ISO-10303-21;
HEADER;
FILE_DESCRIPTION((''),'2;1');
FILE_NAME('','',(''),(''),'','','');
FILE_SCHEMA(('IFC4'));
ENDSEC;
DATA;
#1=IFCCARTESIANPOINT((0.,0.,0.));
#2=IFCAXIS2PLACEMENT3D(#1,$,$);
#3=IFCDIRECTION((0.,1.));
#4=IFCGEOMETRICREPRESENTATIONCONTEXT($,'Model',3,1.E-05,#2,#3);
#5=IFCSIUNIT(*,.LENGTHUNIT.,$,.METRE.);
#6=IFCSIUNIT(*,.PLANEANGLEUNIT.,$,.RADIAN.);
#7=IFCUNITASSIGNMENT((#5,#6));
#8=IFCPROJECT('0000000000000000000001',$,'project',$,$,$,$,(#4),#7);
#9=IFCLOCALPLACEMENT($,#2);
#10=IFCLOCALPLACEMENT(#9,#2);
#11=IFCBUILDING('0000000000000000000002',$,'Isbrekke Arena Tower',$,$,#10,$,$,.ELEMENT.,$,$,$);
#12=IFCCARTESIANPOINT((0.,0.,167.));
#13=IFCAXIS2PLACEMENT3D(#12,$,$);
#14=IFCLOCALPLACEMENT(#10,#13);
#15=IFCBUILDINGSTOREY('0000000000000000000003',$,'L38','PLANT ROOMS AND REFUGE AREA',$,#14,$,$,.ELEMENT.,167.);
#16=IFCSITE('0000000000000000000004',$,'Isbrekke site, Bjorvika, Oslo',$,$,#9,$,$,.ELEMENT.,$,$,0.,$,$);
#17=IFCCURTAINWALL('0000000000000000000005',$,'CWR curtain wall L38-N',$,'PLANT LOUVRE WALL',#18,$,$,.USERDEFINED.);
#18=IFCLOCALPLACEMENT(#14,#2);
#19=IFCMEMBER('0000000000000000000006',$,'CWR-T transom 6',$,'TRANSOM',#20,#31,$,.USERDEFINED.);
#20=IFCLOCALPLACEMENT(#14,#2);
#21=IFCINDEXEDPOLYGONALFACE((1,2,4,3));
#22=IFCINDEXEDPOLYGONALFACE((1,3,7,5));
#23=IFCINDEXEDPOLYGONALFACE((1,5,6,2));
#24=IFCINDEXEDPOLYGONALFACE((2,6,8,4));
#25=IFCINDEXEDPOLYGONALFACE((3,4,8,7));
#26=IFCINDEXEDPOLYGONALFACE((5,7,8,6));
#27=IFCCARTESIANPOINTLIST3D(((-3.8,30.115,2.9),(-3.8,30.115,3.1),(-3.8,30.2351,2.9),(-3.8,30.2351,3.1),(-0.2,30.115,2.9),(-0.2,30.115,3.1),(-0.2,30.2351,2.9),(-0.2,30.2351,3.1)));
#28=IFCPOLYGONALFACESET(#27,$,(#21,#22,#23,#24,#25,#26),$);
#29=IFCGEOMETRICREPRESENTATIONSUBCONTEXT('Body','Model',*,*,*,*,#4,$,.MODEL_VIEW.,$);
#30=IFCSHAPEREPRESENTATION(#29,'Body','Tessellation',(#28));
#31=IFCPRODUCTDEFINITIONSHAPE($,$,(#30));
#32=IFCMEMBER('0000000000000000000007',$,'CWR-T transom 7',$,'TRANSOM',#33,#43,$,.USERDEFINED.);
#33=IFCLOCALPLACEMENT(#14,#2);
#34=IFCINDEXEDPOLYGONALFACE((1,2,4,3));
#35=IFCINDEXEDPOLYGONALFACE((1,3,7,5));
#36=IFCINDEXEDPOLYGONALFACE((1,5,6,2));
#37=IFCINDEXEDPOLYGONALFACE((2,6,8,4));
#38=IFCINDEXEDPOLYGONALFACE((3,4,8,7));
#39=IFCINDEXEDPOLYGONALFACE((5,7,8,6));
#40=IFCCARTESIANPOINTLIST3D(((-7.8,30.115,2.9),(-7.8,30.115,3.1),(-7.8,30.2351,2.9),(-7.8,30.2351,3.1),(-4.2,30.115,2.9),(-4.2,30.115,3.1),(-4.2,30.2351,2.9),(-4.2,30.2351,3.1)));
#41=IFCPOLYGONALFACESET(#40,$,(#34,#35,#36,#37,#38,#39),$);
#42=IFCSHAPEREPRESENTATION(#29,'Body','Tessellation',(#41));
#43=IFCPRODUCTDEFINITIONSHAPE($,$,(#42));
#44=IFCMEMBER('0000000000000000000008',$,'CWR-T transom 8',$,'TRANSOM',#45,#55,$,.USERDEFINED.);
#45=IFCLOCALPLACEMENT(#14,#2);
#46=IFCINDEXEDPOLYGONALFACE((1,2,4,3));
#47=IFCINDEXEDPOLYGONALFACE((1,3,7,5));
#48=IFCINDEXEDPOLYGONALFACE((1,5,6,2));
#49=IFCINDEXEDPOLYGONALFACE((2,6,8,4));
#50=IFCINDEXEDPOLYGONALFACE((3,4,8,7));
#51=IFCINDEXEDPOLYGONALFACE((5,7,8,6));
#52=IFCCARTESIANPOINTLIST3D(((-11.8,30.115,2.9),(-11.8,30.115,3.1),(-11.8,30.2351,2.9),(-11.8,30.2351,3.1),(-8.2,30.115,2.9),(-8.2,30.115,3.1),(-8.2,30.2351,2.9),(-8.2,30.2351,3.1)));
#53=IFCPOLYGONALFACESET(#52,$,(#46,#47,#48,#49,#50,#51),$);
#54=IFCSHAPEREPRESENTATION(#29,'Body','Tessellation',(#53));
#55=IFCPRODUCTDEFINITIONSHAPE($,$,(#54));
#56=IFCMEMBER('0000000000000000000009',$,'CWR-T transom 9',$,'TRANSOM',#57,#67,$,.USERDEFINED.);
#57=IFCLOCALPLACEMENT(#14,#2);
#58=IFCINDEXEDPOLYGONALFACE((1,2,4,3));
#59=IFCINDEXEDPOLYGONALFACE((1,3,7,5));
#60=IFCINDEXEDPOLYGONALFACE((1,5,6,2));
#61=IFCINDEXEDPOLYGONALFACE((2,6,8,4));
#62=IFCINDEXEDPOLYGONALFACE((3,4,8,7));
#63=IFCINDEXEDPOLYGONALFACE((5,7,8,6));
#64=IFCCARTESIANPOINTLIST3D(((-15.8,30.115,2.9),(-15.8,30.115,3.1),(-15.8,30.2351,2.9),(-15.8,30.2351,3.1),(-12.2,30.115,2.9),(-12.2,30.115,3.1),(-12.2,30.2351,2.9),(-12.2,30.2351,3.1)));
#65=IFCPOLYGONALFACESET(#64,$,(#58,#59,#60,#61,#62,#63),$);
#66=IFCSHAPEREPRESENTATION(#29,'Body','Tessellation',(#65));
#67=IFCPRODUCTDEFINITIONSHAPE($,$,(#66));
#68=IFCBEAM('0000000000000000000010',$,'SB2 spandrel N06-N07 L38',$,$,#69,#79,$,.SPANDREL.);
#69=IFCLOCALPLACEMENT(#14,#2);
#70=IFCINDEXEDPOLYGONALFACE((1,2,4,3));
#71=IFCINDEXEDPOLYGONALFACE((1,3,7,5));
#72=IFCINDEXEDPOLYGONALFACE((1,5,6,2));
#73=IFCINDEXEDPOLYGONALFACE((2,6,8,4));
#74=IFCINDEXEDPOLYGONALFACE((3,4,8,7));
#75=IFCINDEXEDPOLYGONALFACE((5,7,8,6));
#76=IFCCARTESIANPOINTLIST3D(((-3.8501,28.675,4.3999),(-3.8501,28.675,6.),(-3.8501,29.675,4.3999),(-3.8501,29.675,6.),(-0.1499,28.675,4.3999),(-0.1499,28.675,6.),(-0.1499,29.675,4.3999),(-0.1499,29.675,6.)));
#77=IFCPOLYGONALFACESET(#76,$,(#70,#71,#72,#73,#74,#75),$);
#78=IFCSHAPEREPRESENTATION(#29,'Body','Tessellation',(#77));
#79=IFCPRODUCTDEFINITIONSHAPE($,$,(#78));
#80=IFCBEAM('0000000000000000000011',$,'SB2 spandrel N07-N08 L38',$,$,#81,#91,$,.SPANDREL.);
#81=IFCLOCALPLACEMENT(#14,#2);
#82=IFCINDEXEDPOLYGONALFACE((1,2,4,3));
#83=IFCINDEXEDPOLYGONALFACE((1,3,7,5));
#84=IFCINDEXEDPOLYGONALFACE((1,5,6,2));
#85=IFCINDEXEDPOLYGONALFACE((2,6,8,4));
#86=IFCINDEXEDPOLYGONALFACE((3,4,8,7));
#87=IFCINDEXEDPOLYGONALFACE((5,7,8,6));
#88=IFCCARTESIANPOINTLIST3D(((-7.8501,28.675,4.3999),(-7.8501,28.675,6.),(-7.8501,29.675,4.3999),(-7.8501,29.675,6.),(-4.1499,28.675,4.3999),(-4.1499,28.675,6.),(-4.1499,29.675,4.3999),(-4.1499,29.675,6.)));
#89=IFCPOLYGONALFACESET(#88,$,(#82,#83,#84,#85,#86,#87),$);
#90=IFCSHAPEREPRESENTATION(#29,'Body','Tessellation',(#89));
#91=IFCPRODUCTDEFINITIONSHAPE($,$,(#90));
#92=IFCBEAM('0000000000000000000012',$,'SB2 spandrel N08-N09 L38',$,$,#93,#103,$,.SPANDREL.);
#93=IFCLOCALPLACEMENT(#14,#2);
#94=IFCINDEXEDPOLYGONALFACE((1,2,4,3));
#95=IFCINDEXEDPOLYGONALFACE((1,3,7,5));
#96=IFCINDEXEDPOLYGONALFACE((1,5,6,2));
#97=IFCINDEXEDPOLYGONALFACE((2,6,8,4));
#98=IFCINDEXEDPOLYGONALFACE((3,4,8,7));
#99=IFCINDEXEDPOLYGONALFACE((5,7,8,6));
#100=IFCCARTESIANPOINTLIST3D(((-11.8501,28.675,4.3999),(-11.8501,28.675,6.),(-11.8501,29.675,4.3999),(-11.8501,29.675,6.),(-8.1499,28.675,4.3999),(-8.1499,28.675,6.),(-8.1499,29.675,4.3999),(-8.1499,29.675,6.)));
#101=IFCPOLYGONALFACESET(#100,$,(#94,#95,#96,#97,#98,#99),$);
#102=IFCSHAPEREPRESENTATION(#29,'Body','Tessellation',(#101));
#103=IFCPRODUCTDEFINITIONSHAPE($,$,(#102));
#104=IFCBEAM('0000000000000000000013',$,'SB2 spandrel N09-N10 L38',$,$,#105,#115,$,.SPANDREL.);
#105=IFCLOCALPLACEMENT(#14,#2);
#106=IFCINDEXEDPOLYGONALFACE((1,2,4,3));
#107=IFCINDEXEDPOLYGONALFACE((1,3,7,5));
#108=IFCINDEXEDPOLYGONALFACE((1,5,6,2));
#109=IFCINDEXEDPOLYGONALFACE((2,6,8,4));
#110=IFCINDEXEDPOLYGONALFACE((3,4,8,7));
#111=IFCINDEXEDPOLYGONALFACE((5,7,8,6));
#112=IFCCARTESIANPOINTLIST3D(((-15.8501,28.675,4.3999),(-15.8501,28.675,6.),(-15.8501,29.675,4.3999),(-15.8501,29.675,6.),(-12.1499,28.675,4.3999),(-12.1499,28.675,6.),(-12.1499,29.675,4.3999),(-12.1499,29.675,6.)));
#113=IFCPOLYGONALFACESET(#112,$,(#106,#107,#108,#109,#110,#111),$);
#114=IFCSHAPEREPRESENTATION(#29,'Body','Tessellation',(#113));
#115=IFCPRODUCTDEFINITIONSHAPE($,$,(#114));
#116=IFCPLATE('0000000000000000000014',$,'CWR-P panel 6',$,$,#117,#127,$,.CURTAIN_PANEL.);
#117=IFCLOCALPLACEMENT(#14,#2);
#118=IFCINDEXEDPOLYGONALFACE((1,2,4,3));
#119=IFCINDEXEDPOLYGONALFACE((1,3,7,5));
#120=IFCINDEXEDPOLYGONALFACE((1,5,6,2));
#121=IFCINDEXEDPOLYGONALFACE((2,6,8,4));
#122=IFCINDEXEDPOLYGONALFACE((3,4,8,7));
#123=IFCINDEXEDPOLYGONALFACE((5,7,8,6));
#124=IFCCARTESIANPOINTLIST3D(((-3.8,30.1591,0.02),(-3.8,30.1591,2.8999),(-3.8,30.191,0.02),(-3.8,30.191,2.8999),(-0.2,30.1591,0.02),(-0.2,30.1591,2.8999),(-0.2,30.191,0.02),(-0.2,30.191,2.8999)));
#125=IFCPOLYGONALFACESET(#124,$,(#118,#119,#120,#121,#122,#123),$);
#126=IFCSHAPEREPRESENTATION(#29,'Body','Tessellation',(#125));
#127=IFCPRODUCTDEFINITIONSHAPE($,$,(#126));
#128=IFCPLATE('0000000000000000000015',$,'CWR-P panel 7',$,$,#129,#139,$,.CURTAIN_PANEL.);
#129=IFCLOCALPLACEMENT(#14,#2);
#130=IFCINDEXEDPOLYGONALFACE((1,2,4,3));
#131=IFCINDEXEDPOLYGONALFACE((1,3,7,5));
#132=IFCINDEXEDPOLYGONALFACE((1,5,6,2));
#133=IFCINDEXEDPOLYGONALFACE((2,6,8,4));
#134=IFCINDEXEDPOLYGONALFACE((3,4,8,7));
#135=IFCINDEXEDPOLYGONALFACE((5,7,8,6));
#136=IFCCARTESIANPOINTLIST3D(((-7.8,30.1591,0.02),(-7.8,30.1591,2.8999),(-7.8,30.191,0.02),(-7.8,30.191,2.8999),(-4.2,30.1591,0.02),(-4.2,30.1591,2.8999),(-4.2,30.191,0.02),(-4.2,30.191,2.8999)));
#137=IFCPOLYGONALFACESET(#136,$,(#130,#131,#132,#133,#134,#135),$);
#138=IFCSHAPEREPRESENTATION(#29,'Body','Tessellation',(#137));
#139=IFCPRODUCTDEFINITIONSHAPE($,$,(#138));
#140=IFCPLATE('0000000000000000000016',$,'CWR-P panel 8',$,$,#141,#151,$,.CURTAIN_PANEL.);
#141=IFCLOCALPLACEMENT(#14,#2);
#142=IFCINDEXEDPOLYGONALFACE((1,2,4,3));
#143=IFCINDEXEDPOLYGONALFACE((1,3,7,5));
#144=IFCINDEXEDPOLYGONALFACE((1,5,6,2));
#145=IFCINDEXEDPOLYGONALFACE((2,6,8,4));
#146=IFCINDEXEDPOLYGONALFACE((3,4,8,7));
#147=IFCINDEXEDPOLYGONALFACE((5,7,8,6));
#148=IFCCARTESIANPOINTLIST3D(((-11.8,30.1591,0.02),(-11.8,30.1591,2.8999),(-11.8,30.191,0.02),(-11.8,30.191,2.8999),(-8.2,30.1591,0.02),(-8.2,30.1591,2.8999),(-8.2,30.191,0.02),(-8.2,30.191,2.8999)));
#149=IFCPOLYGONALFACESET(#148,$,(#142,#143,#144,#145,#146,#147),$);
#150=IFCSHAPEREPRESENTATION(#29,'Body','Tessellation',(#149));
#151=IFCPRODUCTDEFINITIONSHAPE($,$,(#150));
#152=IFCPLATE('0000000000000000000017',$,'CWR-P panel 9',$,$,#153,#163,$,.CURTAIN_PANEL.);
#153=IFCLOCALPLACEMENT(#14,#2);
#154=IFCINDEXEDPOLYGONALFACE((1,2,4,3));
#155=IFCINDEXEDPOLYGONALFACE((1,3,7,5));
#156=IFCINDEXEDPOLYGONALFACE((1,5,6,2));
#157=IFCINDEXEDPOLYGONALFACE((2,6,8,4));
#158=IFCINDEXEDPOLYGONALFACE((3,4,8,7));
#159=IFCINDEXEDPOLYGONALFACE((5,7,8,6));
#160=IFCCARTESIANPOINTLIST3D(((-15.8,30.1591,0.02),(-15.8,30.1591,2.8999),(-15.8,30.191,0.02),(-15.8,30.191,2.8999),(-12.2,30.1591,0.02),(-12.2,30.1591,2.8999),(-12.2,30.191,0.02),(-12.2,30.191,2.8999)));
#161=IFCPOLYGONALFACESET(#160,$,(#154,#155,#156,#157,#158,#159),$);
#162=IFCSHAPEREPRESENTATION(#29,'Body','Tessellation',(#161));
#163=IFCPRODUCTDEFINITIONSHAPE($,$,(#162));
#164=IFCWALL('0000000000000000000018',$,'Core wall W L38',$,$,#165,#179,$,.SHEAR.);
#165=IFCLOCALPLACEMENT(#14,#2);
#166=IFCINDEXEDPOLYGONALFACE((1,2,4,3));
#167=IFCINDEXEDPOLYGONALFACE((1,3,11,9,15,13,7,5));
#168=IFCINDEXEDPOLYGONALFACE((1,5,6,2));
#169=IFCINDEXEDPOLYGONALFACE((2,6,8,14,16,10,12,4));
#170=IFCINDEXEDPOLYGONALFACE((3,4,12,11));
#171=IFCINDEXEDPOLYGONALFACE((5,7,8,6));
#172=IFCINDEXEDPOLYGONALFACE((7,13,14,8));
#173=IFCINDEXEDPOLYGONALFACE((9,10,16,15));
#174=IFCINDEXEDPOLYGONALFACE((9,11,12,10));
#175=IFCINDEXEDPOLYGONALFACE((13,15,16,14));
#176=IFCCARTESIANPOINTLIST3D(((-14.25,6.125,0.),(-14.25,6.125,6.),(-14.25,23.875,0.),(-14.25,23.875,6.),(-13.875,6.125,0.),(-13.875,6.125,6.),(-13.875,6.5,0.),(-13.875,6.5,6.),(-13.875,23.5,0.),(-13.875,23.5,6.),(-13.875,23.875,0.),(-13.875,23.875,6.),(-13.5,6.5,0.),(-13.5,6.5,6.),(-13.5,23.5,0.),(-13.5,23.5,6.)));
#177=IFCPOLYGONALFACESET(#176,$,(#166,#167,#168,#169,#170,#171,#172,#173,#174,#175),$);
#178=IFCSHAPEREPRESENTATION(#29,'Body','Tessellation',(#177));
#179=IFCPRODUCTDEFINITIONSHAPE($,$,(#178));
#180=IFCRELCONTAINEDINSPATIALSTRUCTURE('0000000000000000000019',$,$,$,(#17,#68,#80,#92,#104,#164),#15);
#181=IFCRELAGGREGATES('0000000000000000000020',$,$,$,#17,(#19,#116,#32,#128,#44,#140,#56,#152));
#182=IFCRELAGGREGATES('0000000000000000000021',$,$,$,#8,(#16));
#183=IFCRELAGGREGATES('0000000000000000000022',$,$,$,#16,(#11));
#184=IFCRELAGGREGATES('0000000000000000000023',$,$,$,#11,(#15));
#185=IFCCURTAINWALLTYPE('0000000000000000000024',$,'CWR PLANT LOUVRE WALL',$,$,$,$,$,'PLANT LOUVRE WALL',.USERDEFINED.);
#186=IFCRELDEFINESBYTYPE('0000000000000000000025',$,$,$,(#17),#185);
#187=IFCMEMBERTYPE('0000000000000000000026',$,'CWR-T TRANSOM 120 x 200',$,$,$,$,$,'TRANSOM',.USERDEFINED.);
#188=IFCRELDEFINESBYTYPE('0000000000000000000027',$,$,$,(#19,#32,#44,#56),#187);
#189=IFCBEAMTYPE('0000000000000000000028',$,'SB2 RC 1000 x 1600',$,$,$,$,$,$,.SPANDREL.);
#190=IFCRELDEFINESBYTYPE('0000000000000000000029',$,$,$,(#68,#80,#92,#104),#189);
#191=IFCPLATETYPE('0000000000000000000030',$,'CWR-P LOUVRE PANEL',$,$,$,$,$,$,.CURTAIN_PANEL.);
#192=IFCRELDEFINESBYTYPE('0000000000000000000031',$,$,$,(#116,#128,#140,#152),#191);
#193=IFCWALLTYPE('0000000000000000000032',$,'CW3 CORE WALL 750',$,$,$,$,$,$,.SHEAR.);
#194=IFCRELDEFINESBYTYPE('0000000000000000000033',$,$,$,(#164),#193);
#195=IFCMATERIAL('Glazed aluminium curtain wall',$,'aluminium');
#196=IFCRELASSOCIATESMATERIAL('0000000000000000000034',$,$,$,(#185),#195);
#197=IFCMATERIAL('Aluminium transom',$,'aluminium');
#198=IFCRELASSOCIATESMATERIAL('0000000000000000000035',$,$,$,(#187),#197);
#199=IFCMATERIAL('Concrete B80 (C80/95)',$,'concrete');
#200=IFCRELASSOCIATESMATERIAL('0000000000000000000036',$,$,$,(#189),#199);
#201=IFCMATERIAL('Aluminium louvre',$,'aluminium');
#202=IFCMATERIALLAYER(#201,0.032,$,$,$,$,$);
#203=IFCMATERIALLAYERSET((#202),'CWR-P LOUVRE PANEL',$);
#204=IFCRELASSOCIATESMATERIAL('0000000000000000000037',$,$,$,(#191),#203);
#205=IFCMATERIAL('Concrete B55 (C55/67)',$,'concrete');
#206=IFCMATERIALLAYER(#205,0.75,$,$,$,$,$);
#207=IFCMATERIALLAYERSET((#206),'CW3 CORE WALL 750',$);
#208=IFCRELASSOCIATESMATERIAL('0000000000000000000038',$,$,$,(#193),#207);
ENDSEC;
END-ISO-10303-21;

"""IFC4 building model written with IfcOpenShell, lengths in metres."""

from ifc_helpers import new_model, si_unit, direction, frame, origin, origin_2d, place, context, subcontext, project, spatial, polyline, rectangle, outline, extrude, material, layer, layer_set, material_profile, profile_set, type_object, element, aggregate, save


model = new_model("IFC4")

# Units and contexts
model_context = context("Model", 3, precision=1e-05, world=origin(), true_north=direction((0.0, 1.0)))
body_context = subcontext(model_context, "Body", "Model", "MODEL_VIEW")
ifc_project = project(units=[si_unit("LENGTHUNIT", "METRE"), si_unit("PLANEANGLEUNIT", "RADIAN")], contexts=[model_context])

# Site, building, storey
site_placement = place(None, origin())
site = spatial("IfcSite", under=ifc_project, at=site_placement, Name="Isbrekke site, Bjorvika, Oslo", CompositionType="ELEMENT", RefElevation=0.0)
building_placement = place(site_placement, origin())
building = spatial("IfcBuilding", under=site, at=building_placement, Name="Isbrekke Arena Tower", CompositionType="ELEMENT")
storey_placement = place(building_placement, frame((0.0, 0.0, 167.0)))
storey = spatial("IfcBuildingStorey", under=building, at=storey_placement, Name="L38", Description="PLANT ROOMS AND REFUGE AREA", CompositionType="ELEMENT", Elevation=167.0)

# Curtain wall, members
ifc_material_1 = material(Name="Glazed aluminium curtain wall", Category="aluminium")
curtain_wall_type = type_object("IfcCurtainWallType", Name="CWR PLANT LOUVRE WALL", ElementType="PLANT LOUVRE WALL", PredefinedType="USERDEFINED", material=ifc_material_1)
curtain_wall_placement = place(storey_placement, origin())
curtain_wall = element("IfcCurtainWall", 1, at=curtain_wall_placement, inside=storey, type_object=curtain_wall_type, Name="CWR curtain wall L38-N", ObjectType="PLANT LOUVRE WALL", PredefinedType="USERDEFINED")
ifc_material_2 = material(Name="Aluminium transom", Category="aluminium")
ifc_material_profile_1 = material_profile(ifc_material_2, rectangle(XDim=0.1201, YDim=0.2, at=origin_2d()), Name="TRANSOM 120X200")
ifc_profile_set_1 = profile_set([ifc_material_profile_1], Name="Aluminium transom")
member_type_1 = type_object("IfcMemberType", Name="CWR-T TRANSOM 120 x 200", ElementType="TRANSOM", PredefinedType="USERDEFINED", material=ifc_profile_set_1)
member_1_placement = place(storey_placement, frame((-0.2, 30.175, 3.0), z_axis=(-1.0, 0.0, 0.0), x_axis=(0.0, -1.0, 0.0)))
member_1 = element("IfcMember", 2, at=member_1_placement, type_object=member_type_1, Name="CWR-T transom 6", ObjectType="TRANSOM", PredefinedType="USERDEFINED", context=body_context, shape_type="SweptSolid", body=[
    extrude(rectangle(XDim=0.1201, YDim=0.2, at=origin_2d()), origin(), (0.0, 0.0, 1.0), 3.6001),
])
member_2_placement = place(storey_placement, frame((-4.2, 30.175, 3.0), z_axis=(-1.0, 0.0, 0.0), x_axis=(0.0, -1.0, 0.0)))
member_2 = element("IfcMember", 3, at=member_2_placement, type_object=member_type_1, Name="CWR-T transom 7", ObjectType="TRANSOM", PredefinedType="USERDEFINED", context=body_context, shape_type="SweptSolid", body=[
    extrude(rectangle(XDim=0.1201, YDim=0.2, at=origin_2d()), origin(), (0.0, 0.0, 1.0), 3.6001),
])
member_3_placement = place(storey_placement, frame((-8.2, 30.175, 3.0), z_axis=(-1.0, 0.0, 0.0), x_axis=(0.0, -1.0, 0.0)))
member_3 = element("IfcMember", 4, at=member_3_placement, type_object=member_type_1, Name="CWR-T transom 8", ObjectType="TRANSOM", PredefinedType="USERDEFINED", context=body_context, shape_type="SweptSolid", body=[
    extrude(rectangle(XDim=0.1201, YDim=0.2, at=origin_2d()), origin(), (0.0, 0.0, 1.0), 3.6001),
])
member_4_placement = place(storey_placement, frame((-12.2, 30.175, 3.0), z_axis=(-1.0, 0.0, 0.0), x_axis=(0.0, -1.0, 0.0)))
member_4 = element("IfcMember", 5, at=member_4_placement, type_object=member_type_1, Name="CWR-T transom 9", ObjectType="TRANSOM", PredefinedType="USERDEFINED", context=body_context, shape_type="SweptSolid", body=[
    extrude(rectangle(XDim=0.1201, YDim=0.2, at=origin_2d()), origin(), (0.0, 0.0, 1.0), 3.6001),
])

# Beams
ifc_material_3 = material(Name="Concrete B80 (C80/95)", Category="concrete")
ifc_material_profile_2 = material_profile(ifc_material_3, rectangle(XDim=1.0, YDim=1.6001, at=origin_2d()), Name="RC 1000x1600")
ifc_profile_set_2 = profile_set([ifc_material_profile_2], Name="Concrete B80 (C80/95)")
beam_type_1 = type_object("IfcBeamType", Name="SB2 RC 1000 x 1600", PredefinedType="SPANDREL", material=ifc_profile_set_2)
for number, where, z_axis, x_axis, name in (
    (6, (-0.1499, 29.175, 5.2), (-1.0, 0.0, 0.0), (0.0, -1.0, 0.0), "SB2 spandrel N06-N07 L38"),
    (7, (-4.1499, 29.175, 5.2), (-1.0, 0.0, 0.0), (0.0, -1.0, 0.0), "SB2 spandrel N07-N08 L38"),
    (8, (-8.1499, 29.175, 5.2), (-1.0, 0.0, 0.0), (0.0, -1.0, 0.0), "SB2 spandrel N08-N09 L38"),
    (9, (-12.1499, 29.175, 5.2), (-1.0, 0.0, 0.0), (0.0, -1.0, 0.0), "SB2 spandrel N09-N10 L38"),
):
    element("IfcBeam", number, at=place(storey_placement, frame(where, z_axis=z_axis, x_axis=x_axis)), inside=storey, type_object=beam_type_1, Name=name, PredefinedType="SPANDREL", context=body_context, shape_type="SweptSolid", body=[
        extrude(rectangle(XDim=1.0, YDim=1.6001, at=origin_2d()), origin(), (0.0, 0.0, 1.0), 3.7002),
    ])

# Plates
ifc_material_4 = material(Name="Aluminium louvre", Category="aluminium")
ifc_layer_1 = layer(ifc_material_4, 0.032)
ifc_layer_set_1 = layer_set([ifc_layer_1], Name="CWR-P LOUVRE PANEL")
plate_type = type_object("IfcPlateType", Name="CWR-P LOUVRE PANEL", PredefinedType="CURTAIN_PANEL", material=ifc_layer_set_1)
plate_1_placement = place(storey_placement, frame((-2.0, 30.175, 0.02), z_axis=(0.0, 0.0, 1.0), x_axis=(-1.0, 0.0, 0.0)))
plate_1 = element("IfcPlate", 10, at=plate_1_placement, type_object=plate_type, Name="CWR-P panel 6", PredefinedType="CURTAIN_PANEL", context=body_context, shape_type="SweptSolid", body=[
    extrude(rectangle(XDim=3.6001, YDim=0.032, at=origin_2d()), origin(), (0.0, 0.0, 1.0), 2.8799),
])
plate_2_placement = place(storey_placement, frame((-6.0, 30.175, 0.02), z_axis=(0.0, 0.0, 1.0), x_axis=(-1.0, 0.0, 0.0)))
plate_2 = element("IfcPlate", 11, at=plate_2_placement, type_object=plate_type, Name="CWR-P panel 7", PredefinedType="CURTAIN_PANEL", context=body_context, shape_type="SweptSolid", body=[
    extrude(rectangle(XDim=3.6001, YDim=0.032, at=origin_2d()), origin(), (0.0, 0.0, 1.0), 2.8799),
])
plate_3_placement = place(storey_placement, frame((-10.0, 30.175, 0.02), z_axis=(0.0, 0.0, 1.0), x_axis=(-1.0, 0.0, 0.0)))
plate_3 = element("IfcPlate", 12, at=plate_3_placement, type_object=plate_type, Name="CWR-P panel 8", PredefinedType="CURTAIN_PANEL", context=body_context, shape_type="SweptSolid", body=[
    extrude(rectangle(XDim=3.6001, YDim=0.032, at=origin_2d()), origin(), (0.0, 0.0, 1.0), 2.8799),
])
plate_4_placement = place(storey_placement, frame((-14.0, 30.175, 0.02), z_axis=(0.0, 0.0, 1.0), x_axis=(-1.0, 0.0, 0.0)))
plate_4 = element("IfcPlate", 13, at=plate_4_placement, type_object=plate_type, Name="CWR-P panel 9", PredefinedType="CURTAIN_PANEL", context=body_context, shape_type="SweptSolid", body=[
    extrude(rectangle(XDim=3.6001, YDim=0.032, at=origin_2d()), origin(), (0.0, 0.0, 1.0), 2.8799),
])
aggregate(curtain_wall, [member_1, plate_1, member_2, plate_2, member_3, plate_3, member_4, plate_4])

# Wall
ifc_material_5 = material(Name="Concrete B55 (C55/67)", Category="concrete")
ifc_layer_2 = layer(ifc_material_5, 0.75)
ifc_layer_set_2 = layer_set([ifc_layer_2], Name="CW3 CORE WALL 750")
wall_type_1 = type_object("IfcWallType", Name="CW3 CORE WALL 750", PredefinedType="SHEAR", material=ifc_layer_set_2)
wall_1_placement = place(storey_placement, frame((-13.875, 23.875, 0.0), z_axis=(0.0, 0.0, 1.0), x_axis=(0.0, -1.0, 0.0)))
element("IfcWall", 14, at=wall_1_placement, inside=storey, type_object=wall_type_1, Name="Core wall W L38", PredefinedType="SHEAR", context=body_context, shape_type="SweptSolid", body=[
    extrude(outline(polyline([(0.0, -0.375), (17.75, -0.375), (17.75, 0.0), (17.375, 0.0), (17.375, 0.375), (0.375, 0.375), (0.375, 0.0), (0.0, 0.0), (0.0, -0.375)])), origin(), (0.0, 0.0, 1.0), 6.0),
])

save(model, "model.ifc")
